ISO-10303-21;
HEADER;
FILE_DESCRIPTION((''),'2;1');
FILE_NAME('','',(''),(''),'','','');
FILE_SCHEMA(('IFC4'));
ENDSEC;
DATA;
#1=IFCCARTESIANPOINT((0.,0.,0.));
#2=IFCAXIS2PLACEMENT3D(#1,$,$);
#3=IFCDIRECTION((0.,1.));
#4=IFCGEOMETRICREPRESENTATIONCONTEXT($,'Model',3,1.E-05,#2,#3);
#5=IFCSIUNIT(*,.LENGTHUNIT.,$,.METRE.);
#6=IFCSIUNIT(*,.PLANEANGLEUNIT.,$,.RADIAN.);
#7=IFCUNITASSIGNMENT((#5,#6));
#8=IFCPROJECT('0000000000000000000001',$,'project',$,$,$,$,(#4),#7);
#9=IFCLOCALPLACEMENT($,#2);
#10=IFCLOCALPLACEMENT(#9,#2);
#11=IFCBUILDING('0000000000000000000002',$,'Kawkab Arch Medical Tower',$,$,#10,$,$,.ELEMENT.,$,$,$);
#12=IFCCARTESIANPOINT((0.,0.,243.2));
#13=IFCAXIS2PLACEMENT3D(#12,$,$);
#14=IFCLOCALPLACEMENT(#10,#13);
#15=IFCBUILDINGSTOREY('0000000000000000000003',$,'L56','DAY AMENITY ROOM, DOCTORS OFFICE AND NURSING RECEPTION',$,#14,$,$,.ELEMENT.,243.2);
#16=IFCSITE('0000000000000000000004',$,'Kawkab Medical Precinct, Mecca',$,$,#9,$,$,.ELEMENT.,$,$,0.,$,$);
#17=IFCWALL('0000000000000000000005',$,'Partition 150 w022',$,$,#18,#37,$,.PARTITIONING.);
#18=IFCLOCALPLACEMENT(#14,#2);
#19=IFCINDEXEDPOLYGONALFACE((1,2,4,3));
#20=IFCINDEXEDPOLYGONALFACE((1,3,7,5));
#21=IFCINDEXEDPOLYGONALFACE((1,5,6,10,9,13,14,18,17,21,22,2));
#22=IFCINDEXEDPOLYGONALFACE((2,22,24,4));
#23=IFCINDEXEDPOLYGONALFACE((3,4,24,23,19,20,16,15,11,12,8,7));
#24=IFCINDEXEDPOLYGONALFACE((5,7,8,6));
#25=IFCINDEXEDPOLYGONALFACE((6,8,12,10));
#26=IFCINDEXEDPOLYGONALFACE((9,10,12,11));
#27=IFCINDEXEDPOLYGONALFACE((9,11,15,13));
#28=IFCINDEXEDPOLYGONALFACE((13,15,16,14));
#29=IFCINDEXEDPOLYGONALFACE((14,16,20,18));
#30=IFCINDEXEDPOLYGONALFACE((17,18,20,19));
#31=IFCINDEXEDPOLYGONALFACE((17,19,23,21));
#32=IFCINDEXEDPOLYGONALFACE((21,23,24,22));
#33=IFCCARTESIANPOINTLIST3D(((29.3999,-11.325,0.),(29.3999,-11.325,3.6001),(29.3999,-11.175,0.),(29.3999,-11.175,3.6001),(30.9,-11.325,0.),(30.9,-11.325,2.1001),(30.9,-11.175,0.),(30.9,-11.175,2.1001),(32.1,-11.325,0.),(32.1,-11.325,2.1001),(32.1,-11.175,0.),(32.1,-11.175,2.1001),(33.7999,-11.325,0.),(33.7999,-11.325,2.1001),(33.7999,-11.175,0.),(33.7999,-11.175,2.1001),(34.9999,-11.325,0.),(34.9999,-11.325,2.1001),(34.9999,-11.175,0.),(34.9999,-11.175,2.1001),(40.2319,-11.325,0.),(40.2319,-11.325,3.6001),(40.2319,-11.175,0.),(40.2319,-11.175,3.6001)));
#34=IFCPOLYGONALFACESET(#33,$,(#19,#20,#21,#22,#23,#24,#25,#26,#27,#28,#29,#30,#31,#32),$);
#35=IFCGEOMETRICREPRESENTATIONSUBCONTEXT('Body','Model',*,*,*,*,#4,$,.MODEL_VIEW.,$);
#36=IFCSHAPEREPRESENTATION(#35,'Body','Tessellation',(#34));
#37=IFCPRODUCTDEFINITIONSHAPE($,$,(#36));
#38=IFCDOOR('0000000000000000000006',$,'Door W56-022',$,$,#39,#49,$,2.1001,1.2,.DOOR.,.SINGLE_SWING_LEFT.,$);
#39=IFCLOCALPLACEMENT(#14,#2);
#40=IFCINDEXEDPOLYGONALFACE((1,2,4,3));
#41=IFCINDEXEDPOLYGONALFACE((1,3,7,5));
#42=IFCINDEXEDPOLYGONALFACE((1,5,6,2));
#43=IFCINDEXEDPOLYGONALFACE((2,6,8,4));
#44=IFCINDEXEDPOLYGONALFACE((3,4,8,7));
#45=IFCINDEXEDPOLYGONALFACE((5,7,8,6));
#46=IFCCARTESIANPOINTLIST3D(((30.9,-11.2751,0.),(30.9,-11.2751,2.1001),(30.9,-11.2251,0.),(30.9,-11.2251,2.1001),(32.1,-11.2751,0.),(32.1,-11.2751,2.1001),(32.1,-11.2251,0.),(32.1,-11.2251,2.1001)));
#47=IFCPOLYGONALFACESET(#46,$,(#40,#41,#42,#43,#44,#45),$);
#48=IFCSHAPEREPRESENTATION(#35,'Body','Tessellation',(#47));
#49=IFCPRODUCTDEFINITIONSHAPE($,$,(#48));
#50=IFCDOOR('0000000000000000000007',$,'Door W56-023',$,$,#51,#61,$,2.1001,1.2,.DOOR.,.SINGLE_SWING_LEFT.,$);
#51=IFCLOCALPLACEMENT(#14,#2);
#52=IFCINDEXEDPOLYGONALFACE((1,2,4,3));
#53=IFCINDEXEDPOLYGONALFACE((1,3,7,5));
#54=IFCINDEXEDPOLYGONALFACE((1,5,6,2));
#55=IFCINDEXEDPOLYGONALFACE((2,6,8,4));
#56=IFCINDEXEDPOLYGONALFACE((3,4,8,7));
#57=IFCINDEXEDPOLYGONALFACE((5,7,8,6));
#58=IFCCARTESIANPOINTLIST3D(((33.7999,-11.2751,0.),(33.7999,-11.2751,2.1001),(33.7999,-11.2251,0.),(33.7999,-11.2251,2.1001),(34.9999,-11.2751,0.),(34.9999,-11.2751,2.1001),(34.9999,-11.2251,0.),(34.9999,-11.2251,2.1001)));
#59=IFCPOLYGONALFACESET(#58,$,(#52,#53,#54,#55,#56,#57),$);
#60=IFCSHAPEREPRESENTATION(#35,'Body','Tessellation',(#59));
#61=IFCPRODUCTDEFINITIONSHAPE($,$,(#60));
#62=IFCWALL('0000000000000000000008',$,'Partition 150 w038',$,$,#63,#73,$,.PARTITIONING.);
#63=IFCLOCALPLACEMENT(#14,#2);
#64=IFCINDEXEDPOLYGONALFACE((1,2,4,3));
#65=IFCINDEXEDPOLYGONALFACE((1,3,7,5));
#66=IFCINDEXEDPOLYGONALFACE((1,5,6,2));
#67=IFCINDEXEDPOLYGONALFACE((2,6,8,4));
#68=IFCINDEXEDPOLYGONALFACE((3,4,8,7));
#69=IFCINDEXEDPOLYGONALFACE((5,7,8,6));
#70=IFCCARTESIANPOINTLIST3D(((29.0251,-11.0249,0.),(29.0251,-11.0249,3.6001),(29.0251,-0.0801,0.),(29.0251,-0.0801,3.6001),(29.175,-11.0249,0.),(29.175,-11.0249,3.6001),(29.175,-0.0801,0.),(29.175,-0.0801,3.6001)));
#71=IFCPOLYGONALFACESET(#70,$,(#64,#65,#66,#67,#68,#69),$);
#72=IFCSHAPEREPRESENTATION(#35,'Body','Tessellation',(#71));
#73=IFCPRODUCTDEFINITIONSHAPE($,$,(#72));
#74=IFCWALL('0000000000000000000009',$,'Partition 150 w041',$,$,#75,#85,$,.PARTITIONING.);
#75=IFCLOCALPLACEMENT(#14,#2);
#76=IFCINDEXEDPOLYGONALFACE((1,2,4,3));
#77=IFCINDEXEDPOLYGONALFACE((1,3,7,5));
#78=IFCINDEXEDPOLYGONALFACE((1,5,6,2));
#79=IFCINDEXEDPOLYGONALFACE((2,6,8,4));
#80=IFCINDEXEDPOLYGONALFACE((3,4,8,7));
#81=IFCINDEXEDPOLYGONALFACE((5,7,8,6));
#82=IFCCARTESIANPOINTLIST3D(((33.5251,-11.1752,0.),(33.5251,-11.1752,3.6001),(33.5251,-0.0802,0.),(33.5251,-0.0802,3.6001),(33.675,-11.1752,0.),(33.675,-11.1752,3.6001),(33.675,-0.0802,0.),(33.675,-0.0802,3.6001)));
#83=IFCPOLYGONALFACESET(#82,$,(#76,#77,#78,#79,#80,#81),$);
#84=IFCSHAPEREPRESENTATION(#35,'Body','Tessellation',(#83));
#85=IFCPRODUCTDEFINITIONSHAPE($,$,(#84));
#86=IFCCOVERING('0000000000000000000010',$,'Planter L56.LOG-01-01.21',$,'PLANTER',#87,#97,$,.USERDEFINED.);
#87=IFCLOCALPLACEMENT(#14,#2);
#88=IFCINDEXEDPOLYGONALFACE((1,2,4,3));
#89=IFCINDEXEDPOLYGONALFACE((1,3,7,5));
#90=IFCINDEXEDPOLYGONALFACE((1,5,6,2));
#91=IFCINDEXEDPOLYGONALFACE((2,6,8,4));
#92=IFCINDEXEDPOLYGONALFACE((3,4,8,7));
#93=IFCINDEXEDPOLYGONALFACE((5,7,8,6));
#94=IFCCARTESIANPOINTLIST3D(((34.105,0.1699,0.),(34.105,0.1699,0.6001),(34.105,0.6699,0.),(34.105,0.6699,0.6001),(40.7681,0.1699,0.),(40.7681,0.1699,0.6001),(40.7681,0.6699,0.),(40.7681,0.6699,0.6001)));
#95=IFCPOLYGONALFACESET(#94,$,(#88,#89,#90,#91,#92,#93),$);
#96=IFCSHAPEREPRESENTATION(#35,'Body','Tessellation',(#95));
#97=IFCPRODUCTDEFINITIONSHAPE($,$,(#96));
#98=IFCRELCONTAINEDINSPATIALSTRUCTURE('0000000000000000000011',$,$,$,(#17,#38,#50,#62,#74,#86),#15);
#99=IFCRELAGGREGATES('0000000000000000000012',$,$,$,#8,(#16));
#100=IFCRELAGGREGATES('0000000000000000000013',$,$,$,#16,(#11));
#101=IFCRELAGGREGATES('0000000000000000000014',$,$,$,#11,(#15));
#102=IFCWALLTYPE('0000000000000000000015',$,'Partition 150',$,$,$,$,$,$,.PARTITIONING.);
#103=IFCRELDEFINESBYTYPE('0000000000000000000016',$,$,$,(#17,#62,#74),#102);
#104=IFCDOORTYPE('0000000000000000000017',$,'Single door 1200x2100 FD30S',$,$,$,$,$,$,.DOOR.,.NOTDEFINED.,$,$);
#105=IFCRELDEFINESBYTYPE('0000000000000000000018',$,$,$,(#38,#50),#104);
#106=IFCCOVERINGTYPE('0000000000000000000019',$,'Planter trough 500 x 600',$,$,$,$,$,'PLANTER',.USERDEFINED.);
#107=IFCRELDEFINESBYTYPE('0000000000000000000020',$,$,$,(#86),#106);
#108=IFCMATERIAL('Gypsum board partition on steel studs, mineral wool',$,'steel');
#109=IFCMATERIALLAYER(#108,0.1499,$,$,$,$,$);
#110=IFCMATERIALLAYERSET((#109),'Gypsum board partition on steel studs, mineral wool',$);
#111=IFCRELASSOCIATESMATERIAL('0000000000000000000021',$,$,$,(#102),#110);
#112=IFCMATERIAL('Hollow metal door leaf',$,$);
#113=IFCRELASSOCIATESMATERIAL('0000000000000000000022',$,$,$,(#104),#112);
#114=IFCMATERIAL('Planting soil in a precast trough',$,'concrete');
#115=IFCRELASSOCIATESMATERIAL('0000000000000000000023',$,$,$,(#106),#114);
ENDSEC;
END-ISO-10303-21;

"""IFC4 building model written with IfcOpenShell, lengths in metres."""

from ifc_helpers import new_model, si_unit, direction, frame, frame_2d, origin, origin_2d, place, context, subcontext, project, spatial, rectangle, extrude, material, layer, layer_set, material_profile, profile_set, type_object, element, fill, save


model = new_model("IFC4")

# Units and contexts
model_context = context("Model", 3, precision=1e-05, world=origin(), true_north=direction((0.0, 1.0)))
body_context = subcontext(model_context, "Body", "Model", "MODEL_VIEW")
ifc_project = project(units=[si_unit("LENGTHUNIT", "METRE"), si_unit("PLANEANGLEUNIT", "RADIAN")], contexts=[model_context])

# Site, building, storey
site_placement = place(None, origin())
site = spatial("IfcSite", under=ifc_project, at=site_placement, Name="Kawkab Medical Precinct, Mecca", CompositionType="ELEMENT", RefElevation=0.0)
building_placement = place(site_placement, origin())
building = spatial("IfcBuilding", under=site, at=building_placement, Name="Kawkab Arch Medical Tower", CompositionType="ELEMENT")
storey_placement = place(building_placement, frame((0.0, 0.0, 243.2)))
storey = spatial("IfcBuildingStorey", under=building, at=storey_placement, Name="L56", Description="DAY AMENITY ROOM, DOCTORS OFFICE AND NURSING RECEPTION", CompositionType="ELEMENT", Elevation=243.2)

# Wall, openings, doors
ifc_material_1 = material(Name="Gypsum board partition on steel studs, mineral wool", Category="steel")
ifc_layer_1 = layer(ifc_material_1, 0.1499)
ifc_layer_set_1 = layer_set([ifc_layer_1], Name="Gypsum board partition on steel studs, mineral wool")
wall_type = type_object("IfcWallType", Name="Partition 150", PredefinedType="PARTITIONING", material=ifc_layer_set_1)
ifc_material_2 = material(Name="Hollow metal door leaf")
door_type_1 = type_object("IfcDoorType", Name="Single door 1200x2100 FD30S", OperationType="NOTDEFINED", PredefinedType="DOOR", material=ifc_material_2)
wall_1_placement = place(storey_placement, frame((29.3999, -11.25, 0.0), z_axis=(0.0, 0.0, 1.0), x_axis=(1.0, 0.0, 0.0)))
wall_1 = element("IfcWall", 1, at=wall_1_placement, inside=storey, type_object=wall_type, Name="Partition 150 w022", PredefinedType="PARTITIONING", context=body_context, shape_type="SweptSolid", body=[
    extrude(rectangle(XDim=10.832, YDim=0.1499, at=frame_2d((5.416, 0.0))), origin(), (0.0, 0.0, 1.0), 3.6001),
])
opening_1_placement = place(wall_1_placement, frame((1.5, 0.0, 0.0)))
opening_1 = element("IfcOpeningElement", 2, at=opening_1_placement, cuts=wall_1, PredefinedType="OPENING", context=body_context, shape_type="SweptSolid", body=[
    extrude(rectangle(XDim=1.2, YDim=2.1001, at=frame_2d((0.6001, 1.05))), frame((0.0, 0.085, 0.0), z_axis=(0.0, -1.0, 0.0), x_axis=(1.0, 0.0, 0.0)), (0.0, 0.0, 1.0), 0.1699),
])
opening_2_placement = place(wall_1_placement, frame((4.3999, 0.0, 0.0)))
opening_2 = element("IfcOpeningElement", 3, at=opening_2_placement, cuts=wall_1, PredefinedType="OPENING", context=body_context, shape_type="SweptSolid", body=[
    extrude(rectangle(XDim=1.2, YDim=2.1001, at=frame_2d((0.6001, 1.05))), frame((0.0, 0.085, 0.0), z_axis=(0.0, -1.0, 0.0), x_axis=(1.0, 0.0, 0.0)), (0.0, 0.0, 1.0), 0.1699),
])
door_1_placement = place(opening_1_placement, origin())
door_1 = element("IfcDoor", 4, at=door_1_placement, inside=storey, type_object=door_type_1, Name="Door W56-022", OperationType="SINGLE_SWING_LEFT", OverallHeight=2.1001, OverallWidth=1.2, PredefinedType="DOOR", context=body_context, shape_type="SweptSolid", body=[
    extrude(rectangle(XDim=1.2, YDim=2.1001, at=frame_2d((0.6001, 1.05))), frame((0.0, 0.0249, 0.0), z_axis=(0.0, -1.0, 0.0), x_axis=(1.0, 0.0, 0.0)), (0.0, 0.0, 1.0), 0.05),
])
fill(opening_1, door_1)
door_2_placement = place(opening_2_placement, origin())
door_2 = element("IfcDoor", 5, at=door_2_placement, inside=storey, type_object=door_type_1, Name="Door W56-023", OperationType="SINGLE_SWING_LEFT", OverallHeight=2.1001, OverallWidth=1.2, PredefinedType="DOOR", context=body_context, shape_type="SweptSolid", body=[
    extrude(rectangle(XDim=1.2, YDim=2.1001, at=frame_2d((0.6001, 1.05))), frame((0.0, 0.0249, 0.0), z_axis=(0.0, -1.0, 0.0), x_axis=(1.0, 0.0, 0.0)), (0.0, 0.0, 1.0), 0.05),
])
fill(opening_2, door_2)

# Walls
wall_2_placement = place(storey_placement, frame((29.1001, -11.0249, 0.0), z_axis=(0.0, 0.0, 1.0), x_axis=(0.0, 1.0, 0.0)))
element("IfcWall", 6, at=wall_2_placement, inside=storey, type_object=wall_type, Name="Partition 150 w038", PredefinedType="PARTITIONING", context=body_context, shape_type="SweptSolid", body=[
    extrude(rectangle(XDim=10.9448, YDim=0.1499, at=frame_2d((5.4724, 0.0))), origin(), (0.0, 0.0, 1.0), 3.6001),
])
wall_3_placement = place(storey_placement, frame((33.6001, -11.175, 0.0), z_axis=(0.0, 0.0, 1.0), x_axis=(0.0, 1.0, 0.0)))
element("IfcWall", 7, at=wall_3_placement, inside=storey, type_object=wall_type, Name="Partition 150 w041", PredefinedType="PARTITIONING", context=body_context, shape_type="SweptSolid", body=[
    extrude(rectangle(XDim=11.095, YDim=0.1499, at=frame_2d((5.5474, 0.0))), origin(), (0.0, 0.0, 1.0), 3.6001),
])

# Covering
ifc_material_3 = material(Name="Planting soil in a precast trough", Category="concrete")
ifc_material_profile_1 = material_profile(ifc_material_3, rectangle(XDim=0.5, YDim=0.6001, at=origin_2d()), Name="Trough 500x600")
ifc_profile_set_1 = profile_set([ifc_material_profile_1], Name="Planting soil in a precast trough")
covering_type = type_object("IfcCoveringType", Name="Planter trough 500 x 600", ElementType="PLANTER", PredefinedType="USERDEFINED", material=ifc_profile_set_1)
covering_placement = place(storey_placement, frame((34.105, 0.4199, 0.3), z_axis=(1.0, 0.0, 0.0), x_axis=(0.0, 1.0, 0.0)))
element("IfcCovering", 8, at=covering_placement, inside=storey, type_object=covering_type, Name="Planter L56.LOG-01-01.21", ObjectType="PLANTER", PredefinedType="USERDEFINED", context=body_context, shape_type="SweptSolid", body=[
    extrude(rectangle(XDim=0.5, YDim=0.6001, at=origin_2d()), origin(), (0.0, 0.0, 1.0), 6.6631),
])

save(model, "model.ifc")
